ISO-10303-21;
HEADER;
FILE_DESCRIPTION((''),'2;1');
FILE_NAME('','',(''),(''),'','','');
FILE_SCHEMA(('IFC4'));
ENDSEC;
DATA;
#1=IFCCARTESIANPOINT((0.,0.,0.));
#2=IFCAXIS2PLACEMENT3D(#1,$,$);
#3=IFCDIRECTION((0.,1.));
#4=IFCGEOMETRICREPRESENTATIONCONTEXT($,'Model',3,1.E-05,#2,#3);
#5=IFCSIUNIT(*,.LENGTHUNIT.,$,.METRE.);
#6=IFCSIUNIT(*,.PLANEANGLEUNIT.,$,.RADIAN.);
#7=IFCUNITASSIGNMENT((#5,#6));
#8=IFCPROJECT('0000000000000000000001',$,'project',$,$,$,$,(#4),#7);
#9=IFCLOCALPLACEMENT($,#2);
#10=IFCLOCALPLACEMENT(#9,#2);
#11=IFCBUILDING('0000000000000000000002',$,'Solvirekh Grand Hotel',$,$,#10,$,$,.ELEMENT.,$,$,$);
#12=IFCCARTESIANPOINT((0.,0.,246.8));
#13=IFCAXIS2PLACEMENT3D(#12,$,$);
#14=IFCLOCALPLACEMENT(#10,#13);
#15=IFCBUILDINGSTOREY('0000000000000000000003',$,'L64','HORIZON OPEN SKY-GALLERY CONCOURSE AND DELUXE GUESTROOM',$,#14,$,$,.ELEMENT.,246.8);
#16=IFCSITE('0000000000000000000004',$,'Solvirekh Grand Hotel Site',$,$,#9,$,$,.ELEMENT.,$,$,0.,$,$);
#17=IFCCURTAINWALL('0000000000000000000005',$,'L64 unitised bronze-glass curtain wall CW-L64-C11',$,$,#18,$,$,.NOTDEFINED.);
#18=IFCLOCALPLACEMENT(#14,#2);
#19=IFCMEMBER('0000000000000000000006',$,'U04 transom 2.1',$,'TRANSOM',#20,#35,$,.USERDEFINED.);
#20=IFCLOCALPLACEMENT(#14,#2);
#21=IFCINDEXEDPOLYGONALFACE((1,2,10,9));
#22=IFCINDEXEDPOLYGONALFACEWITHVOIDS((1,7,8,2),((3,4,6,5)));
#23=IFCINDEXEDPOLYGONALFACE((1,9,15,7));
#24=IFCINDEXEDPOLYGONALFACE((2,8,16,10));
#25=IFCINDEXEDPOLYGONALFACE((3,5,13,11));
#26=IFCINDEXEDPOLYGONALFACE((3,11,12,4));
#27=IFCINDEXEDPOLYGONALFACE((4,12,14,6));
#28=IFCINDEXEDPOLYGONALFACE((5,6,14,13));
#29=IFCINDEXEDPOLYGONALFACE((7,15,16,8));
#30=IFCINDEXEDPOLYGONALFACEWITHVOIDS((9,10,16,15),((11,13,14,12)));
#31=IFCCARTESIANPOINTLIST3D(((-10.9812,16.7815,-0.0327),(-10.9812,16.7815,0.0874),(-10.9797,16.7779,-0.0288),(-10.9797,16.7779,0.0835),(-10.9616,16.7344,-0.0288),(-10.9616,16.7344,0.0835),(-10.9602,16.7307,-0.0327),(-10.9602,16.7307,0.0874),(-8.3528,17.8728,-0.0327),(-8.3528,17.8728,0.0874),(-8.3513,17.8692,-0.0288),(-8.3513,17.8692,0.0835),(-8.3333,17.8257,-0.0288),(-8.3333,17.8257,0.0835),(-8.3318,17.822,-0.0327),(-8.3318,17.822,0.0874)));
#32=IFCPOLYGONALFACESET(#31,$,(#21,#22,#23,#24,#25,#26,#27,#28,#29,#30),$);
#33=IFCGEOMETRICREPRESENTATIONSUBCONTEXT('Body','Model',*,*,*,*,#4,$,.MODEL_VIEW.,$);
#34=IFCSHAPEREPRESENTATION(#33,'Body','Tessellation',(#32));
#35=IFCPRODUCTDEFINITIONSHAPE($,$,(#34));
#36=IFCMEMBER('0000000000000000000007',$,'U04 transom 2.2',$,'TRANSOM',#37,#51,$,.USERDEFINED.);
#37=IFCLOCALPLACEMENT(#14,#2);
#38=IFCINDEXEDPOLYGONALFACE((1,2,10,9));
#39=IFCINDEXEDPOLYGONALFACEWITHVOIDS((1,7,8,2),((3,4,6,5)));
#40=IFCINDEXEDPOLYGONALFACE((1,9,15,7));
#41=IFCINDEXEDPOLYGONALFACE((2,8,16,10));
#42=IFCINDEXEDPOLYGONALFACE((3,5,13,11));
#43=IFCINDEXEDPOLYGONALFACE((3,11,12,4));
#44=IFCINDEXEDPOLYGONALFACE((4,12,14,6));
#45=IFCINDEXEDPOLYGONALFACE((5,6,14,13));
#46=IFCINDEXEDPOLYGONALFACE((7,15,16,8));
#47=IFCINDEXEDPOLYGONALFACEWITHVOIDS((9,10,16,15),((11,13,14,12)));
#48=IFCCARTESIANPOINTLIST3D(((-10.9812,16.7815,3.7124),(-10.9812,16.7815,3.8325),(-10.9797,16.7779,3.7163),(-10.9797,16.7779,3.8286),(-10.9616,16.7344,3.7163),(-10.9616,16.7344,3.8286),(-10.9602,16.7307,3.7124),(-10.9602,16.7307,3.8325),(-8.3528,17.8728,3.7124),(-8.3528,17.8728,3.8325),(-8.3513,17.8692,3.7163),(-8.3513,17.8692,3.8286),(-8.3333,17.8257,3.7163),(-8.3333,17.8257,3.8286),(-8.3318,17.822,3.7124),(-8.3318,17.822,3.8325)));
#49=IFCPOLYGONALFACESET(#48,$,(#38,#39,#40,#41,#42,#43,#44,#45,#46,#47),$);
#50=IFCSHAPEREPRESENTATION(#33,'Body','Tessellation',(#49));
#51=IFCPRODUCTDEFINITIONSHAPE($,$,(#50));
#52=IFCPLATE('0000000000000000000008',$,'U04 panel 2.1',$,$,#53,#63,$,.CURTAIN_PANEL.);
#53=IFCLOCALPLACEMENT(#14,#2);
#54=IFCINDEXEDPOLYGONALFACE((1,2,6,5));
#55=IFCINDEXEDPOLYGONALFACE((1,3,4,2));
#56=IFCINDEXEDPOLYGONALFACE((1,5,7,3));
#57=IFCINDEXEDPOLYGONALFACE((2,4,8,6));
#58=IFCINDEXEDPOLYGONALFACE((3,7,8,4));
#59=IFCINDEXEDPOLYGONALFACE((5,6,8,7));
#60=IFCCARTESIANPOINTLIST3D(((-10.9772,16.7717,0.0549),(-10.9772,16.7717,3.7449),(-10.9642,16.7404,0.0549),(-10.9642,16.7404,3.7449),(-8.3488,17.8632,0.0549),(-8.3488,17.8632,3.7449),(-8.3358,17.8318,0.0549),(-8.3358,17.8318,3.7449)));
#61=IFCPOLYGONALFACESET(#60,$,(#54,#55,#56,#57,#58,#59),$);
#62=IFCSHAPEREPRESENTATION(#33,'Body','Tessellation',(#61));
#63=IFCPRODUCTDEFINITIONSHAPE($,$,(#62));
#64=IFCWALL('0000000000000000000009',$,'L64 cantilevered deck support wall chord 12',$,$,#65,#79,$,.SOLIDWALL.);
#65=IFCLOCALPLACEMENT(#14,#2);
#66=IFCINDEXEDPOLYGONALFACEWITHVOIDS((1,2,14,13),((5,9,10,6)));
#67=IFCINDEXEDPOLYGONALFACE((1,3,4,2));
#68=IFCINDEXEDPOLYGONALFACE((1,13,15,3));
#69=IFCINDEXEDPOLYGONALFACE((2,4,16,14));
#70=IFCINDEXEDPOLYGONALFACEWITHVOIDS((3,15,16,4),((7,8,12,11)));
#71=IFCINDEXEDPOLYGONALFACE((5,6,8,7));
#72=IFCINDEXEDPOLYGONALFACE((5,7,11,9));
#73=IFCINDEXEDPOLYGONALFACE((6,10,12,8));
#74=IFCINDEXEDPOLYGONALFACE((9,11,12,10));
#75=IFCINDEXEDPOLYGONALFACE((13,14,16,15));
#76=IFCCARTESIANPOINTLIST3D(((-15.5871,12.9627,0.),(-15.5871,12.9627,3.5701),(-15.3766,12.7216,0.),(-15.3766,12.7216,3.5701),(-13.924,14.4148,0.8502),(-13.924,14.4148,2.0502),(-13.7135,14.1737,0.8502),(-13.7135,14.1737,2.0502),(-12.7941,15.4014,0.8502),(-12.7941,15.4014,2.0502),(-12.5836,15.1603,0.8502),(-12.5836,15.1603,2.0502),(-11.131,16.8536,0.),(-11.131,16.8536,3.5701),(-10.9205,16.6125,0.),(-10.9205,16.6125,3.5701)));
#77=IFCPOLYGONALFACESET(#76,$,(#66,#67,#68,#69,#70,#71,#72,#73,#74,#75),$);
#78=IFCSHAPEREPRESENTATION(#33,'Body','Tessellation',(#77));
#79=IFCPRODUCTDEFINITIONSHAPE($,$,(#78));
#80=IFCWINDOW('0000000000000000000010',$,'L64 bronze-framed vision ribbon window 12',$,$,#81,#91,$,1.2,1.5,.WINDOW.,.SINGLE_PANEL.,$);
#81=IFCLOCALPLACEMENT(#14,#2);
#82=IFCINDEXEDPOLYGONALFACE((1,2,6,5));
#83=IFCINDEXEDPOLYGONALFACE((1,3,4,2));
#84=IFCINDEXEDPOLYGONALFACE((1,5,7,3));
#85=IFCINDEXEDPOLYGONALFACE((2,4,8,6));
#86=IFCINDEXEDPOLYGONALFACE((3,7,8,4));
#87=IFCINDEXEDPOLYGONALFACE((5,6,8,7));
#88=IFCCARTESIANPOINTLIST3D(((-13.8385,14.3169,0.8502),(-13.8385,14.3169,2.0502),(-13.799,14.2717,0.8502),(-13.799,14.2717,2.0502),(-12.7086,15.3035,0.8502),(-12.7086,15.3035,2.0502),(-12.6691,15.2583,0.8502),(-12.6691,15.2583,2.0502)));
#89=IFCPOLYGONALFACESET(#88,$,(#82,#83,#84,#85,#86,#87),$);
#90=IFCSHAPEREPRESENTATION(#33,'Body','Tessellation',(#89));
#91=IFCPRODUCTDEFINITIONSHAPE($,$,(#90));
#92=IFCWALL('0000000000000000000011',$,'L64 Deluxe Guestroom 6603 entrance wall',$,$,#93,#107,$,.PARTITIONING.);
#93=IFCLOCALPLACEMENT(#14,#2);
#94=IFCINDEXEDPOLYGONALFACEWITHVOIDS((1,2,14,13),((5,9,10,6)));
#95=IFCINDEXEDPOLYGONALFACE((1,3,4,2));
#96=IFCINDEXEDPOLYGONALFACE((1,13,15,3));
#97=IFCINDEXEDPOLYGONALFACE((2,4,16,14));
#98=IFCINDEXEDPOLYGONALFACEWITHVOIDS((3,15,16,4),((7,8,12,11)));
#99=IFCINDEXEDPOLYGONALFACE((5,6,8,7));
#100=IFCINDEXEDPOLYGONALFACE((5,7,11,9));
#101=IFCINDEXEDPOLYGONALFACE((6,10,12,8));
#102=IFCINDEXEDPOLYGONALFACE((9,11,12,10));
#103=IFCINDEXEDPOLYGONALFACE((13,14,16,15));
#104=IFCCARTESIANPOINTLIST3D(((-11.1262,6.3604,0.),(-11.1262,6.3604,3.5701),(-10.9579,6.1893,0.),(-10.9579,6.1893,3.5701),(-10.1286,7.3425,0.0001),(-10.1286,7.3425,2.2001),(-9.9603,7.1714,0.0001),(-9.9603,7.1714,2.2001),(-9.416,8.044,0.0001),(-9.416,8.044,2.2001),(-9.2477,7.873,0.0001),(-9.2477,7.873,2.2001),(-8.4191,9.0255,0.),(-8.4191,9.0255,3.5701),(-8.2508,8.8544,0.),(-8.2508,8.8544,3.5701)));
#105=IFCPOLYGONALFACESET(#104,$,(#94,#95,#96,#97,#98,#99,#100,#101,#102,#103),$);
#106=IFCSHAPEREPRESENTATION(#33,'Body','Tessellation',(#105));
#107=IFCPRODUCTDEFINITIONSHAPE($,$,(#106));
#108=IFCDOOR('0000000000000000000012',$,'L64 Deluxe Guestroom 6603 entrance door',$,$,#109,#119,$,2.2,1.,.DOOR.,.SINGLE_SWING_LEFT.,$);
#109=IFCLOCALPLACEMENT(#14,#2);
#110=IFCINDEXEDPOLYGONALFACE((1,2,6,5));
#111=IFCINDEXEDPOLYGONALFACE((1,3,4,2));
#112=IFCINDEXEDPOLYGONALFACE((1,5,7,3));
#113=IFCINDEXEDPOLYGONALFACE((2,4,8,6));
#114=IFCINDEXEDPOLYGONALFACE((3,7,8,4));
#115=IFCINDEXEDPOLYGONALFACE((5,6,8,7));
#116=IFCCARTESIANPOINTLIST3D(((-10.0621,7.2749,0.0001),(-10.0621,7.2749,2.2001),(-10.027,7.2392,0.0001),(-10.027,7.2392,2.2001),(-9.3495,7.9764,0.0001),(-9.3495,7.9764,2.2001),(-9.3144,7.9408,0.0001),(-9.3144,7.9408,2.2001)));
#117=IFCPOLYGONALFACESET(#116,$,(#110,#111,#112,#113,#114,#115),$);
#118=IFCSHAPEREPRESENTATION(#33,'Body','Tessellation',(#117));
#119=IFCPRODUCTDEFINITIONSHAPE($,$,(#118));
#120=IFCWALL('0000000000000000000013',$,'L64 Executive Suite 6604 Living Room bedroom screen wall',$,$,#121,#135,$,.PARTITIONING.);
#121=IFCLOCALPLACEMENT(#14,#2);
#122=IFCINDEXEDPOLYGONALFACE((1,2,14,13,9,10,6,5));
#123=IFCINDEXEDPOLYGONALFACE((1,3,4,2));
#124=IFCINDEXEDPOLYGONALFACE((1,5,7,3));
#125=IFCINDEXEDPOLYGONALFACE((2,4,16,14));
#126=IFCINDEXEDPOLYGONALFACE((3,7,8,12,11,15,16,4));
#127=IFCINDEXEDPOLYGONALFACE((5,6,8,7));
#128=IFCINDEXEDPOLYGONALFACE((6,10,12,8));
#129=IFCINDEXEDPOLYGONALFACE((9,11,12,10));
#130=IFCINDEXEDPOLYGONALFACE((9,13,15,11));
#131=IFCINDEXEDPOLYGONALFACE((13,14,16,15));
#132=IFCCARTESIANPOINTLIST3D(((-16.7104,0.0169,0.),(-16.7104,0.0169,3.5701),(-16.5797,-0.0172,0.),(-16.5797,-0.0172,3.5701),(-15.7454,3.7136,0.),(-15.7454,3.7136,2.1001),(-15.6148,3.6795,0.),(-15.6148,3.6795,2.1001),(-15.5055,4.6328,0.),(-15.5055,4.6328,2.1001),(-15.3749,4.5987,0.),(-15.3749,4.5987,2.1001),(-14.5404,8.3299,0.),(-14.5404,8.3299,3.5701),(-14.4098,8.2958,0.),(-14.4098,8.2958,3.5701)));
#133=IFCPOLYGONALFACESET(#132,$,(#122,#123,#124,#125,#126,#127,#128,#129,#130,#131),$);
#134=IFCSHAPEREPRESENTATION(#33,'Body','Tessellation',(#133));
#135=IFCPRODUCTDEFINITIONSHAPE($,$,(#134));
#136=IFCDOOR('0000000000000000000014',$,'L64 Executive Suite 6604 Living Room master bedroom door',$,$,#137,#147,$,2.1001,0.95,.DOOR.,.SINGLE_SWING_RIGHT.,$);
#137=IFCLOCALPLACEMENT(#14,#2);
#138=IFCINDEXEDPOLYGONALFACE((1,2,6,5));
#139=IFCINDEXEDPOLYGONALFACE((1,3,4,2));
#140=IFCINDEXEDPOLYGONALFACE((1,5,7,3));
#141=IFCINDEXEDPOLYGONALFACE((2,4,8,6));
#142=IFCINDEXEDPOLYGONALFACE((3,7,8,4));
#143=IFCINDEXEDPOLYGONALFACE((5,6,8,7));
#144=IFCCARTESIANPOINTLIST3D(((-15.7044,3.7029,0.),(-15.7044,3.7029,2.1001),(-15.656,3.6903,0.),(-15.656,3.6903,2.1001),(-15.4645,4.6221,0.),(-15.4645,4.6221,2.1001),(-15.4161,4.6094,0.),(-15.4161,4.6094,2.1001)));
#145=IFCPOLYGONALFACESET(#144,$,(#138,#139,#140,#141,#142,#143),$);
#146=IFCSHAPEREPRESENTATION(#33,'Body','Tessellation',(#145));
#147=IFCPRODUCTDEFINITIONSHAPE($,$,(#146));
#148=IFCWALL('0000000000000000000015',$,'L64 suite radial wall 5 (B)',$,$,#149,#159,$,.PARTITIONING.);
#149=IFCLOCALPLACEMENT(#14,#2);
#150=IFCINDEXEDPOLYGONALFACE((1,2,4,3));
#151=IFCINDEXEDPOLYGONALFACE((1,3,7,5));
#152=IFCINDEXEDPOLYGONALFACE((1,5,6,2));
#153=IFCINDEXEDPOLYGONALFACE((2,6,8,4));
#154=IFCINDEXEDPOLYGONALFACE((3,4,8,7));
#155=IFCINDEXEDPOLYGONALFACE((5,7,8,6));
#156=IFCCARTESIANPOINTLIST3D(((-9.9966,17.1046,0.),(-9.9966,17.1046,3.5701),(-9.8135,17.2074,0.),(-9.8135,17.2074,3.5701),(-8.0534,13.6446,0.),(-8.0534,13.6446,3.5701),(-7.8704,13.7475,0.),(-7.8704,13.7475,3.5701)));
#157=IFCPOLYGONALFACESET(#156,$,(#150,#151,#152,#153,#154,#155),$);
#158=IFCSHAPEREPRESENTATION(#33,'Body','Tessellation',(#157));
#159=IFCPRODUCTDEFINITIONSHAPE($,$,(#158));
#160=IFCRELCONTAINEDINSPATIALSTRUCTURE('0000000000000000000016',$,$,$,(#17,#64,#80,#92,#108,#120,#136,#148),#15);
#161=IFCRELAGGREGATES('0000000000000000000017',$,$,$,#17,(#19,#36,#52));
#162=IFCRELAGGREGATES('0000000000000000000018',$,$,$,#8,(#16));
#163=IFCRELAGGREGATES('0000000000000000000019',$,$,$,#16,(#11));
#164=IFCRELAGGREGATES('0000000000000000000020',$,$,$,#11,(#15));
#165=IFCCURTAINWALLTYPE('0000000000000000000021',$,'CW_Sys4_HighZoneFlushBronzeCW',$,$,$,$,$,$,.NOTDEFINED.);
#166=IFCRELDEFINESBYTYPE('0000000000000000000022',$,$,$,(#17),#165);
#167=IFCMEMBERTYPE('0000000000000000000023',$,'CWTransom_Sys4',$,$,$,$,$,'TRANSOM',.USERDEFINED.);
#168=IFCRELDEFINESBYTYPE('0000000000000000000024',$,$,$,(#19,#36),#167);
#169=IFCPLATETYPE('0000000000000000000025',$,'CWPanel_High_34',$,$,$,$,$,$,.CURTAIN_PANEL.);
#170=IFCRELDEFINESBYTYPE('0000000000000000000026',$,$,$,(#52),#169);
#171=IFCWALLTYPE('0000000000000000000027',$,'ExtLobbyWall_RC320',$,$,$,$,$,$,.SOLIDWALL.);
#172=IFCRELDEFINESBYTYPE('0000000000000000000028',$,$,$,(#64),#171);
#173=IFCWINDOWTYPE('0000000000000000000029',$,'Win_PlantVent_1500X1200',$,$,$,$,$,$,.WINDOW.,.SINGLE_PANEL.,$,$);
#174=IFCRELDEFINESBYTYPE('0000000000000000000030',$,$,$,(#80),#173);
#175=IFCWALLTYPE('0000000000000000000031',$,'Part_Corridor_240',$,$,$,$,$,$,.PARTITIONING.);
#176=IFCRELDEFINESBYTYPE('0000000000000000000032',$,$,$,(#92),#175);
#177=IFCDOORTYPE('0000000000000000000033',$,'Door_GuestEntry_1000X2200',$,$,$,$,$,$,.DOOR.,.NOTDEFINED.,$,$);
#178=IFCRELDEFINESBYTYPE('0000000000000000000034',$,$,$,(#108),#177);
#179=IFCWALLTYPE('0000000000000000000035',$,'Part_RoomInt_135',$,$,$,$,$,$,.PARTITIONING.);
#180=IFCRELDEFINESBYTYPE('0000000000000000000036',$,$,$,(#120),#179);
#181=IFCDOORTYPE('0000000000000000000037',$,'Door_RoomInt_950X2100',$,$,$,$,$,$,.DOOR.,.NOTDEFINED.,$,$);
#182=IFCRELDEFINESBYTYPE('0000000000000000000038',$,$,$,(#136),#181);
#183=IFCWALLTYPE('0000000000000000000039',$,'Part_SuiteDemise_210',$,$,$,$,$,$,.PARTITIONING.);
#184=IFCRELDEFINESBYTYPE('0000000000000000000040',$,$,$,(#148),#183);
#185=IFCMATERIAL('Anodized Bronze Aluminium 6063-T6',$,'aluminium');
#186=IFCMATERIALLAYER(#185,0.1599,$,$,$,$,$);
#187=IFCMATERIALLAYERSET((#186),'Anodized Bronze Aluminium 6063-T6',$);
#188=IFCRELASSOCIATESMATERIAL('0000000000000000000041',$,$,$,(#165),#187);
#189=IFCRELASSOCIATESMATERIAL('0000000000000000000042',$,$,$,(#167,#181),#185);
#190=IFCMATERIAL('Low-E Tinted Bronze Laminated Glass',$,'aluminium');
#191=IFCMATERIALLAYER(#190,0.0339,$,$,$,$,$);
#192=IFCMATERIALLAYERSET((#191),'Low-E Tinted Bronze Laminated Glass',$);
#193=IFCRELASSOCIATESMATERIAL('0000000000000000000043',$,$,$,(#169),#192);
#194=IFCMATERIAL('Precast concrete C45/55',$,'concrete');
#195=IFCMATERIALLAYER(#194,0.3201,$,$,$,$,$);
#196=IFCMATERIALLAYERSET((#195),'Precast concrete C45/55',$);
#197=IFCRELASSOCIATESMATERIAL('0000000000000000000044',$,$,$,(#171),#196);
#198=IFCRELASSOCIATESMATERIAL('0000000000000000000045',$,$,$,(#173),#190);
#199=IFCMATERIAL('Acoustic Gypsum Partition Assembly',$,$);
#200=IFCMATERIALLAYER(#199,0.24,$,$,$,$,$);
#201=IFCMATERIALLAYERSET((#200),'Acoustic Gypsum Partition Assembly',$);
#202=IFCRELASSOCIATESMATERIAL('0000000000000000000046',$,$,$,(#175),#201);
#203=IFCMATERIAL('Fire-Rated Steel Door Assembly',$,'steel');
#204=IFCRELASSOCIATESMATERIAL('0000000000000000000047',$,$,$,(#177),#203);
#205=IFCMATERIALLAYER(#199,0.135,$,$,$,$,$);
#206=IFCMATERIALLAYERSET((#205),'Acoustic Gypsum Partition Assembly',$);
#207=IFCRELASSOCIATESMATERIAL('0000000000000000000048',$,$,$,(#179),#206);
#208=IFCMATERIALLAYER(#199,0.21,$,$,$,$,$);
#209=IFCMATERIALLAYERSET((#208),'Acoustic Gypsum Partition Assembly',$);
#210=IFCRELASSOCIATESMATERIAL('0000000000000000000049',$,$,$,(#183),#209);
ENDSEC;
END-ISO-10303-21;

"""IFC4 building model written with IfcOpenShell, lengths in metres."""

from ifc_helpers import new_model, si_unit, direction, frame, frame_2d, origin, origin_2d, place, context, subcontext, project, spatial, rectangle, hollow_rectangle, extrude, source, transform, mapped, material, layer, layer_set, material_profile, profile_set, type_object, element, fill, aggregate, save


model = new_model("IFC4")

# Units and contexts
model_context = context("Model", 3, precision=1e-05, world=origin(), true_north=direction((0.0, 1.0)))
body_context = subcontext(model_context, "Body", "Model", "MODEL_VIEW")
ifc_project = project(units=[si_unit("LENGTHUNIT", "METRE"), si_unit("PLANEANGLEUNIT", "RADIAN")], contexts=[model_context])

# Site, building, storey
site_placement = place(None, origin())
site = spatial("IfcSite", under=ifc_project, at=site_placement, Name="Solvirekh Grand Hotel Site", CompositionType="ELEMENT", RefElevation=0.0)
building_placement = place(site_placement, origin())
building = spatial("IfcBuilding", under=site, at=building_placement, Name="Solvirekh Grand Hotel", CompositionType="ELEMENT")
storey_placement = place(building_placement, frame((0.0, 0.0, 246.8)))
storey = spatial("IfcBuildingStorey", under=building, at=storey_placement, Name="L64", Description="HORIZON OPEN SKY-GALLERY CONCOURSE AND DELUXE GUESTROOM", CompositionType="ELEMENT", Elevation=246.8)

# Curtain wall, members, plate
ifc_material_1 = material(Name="Anodized Bronze Aluminium 6063-T6", Category="aluminium")
ifc_layer_1 = layer(ifc_material_1, 0.1599)
ifc_layer_set_1 = layer_set([ifc_layer_1], Name="Anodized Bronze Aluminium 6063-T6")
curtain_wall_type = type_object("IfcCurtainWallType", Name="CW_Sys4_HighZoneFlushBronzeCW", PredefinedType="NOTDEFINED", material=ifc_layer_set_1)
curtain_wall_placement = place(storey_placement, origin())
curtain_wall = element("IfcCurtainWall", 1, at=curtain_wall_placement, inside=storey, type_object=curtain_wall_type, Name="L64 unitised bronze-glass curtain wall CW-L64-C11", PredefinedType="NOTDEFINED")
ifc_material_profile_1 = material_profile(ifc_material_1, hollow_rectangle(XDim=0.0549, YDim=0.1201, WallThickness=0.0039, at=origin_2d()), Name="ALU RHS 120X55X4")
ifc_profile_set_1 = profile_set([ifc_material_profile_1], Name="Anodized Bronze Aluminium 6063-T6")
member_type_1 = type_object("IfcMemberType", Name="CWTransom_Sys4", ElementType="TRANSOM", PredefinedType="USERDEFINED", material=ifc_profile_set_1)
shared_shape_1 = source(origin(), body_context, "Body", "SweptSolid", [
    extrude(hollow_rectangle(XDim=0.0549, YDim=0.1201, WallThickness=0.0039, at=origin_2d()), origin(), (0.0, 0.0, 1.0), 2.8459),
])
member_1_placement = place(storey_placement, frame((-8.3423, 17.8474, 0.0273), z_axis=(-0.923558, -0.383458, 0.0), x_axis=(0.383458, -0.923558, 0.0)))
member_1 = element("IfcMember", 2, at=member_1_placement, type_object=member_type_1, Name="U04 transom 2.1", ObjectType="TRANSOM", PredefinedType="USERDEFINED", context=body_context, shape_type="MappedRepresentation", body=[
    mapped(shared_shape_1, transform((0.0, 0.0, 0.0), x_axis=(1.0, 0.0, 0.0), y_axis=(0.0, 1.0, 0.0), z_axis=(0.0, 0.0, 1.0), scale=1.0)),
])
member_2_placement = place(storey_placement, frame((-8.3423, 17.8474, 3.7725), z_axis=(-0.923558, -0.383458, 0.0), x_axis=(0.383458, -0.923558, 0.0)))
member_2 = element("IfcMember", 3, at=member_2_placement, type_object=member_type_1, Name="U04 transom 2.2", ObjectType="TRANSOM", PredefinedType="USERDEFINED", context=body_context, shape_type="MappedRepresentation", body=[
    mapped(shared_shape_1, transform((0.0, 0.0, 0.0), x_axis=(1.0, 0.0, 0.0), y_axis=(0.0, 1.0, 0.0), z_axis=(0.0, 0.0, 1.0), scale=1.0)),
])
ifc_material_2 = material(Name="Low-E Tinted Bronze Laminated Glass", Category="aluminium")
ifc_layer_2 = layer(ifc_material_2, 0.0339)
ifc_layer_set_2 = layer_set([ifc_layer_2], Name="Low-E Tinted Bronze Laminated Glass")
plate_type = type_object("IfcPlateType", Name="CWPanel_High_34", PredefinedType="CURTAIN_PANEL", material=ifc_layer_set_2)
shared_shape_2 = source(origin(), body_context, "Body", "SweptSolid", [
    extrude(rectangle(XDim=2.8459, YDim=0.0339, at=origin_2d()), origin(), (0.0, 0.0, 1.0), 3.6899),
])
plate_placement = place(storey_placement, frame((-9.6565, 17.3018, 0.0549), z_axis=(0.0, 0.0, 1.0), x_axis=(-0.923535, -0.383515, 0.0)))
plate = element("IfcPlate", 4, at=plate_placement, type_object=plate_type, Name="U04 panel 2.1", PredefinedType="CURTAIN_PANEL", context=body_context, shape_type="MappedRepresentation", body=[
    mapped(shared_shape_2, transform((0.0, 0.0, 0.0), x_axis=(1.0, 0.0, 0.0), y_axis=(0.0, 1.0, 0.0), z_axis=(0.0, 0.0, 1.0), scale=1.0)),
])
aggregate(curtain_wall, [member_1, member_2, plate])

# Wall, opening, window
ifc_material_3 = material(Name="Precast concrete C45/55", Category="concrete")
ifc_layer_3 = layer(ifc_material_3, 0.3201)
ifc_layer_set_3 = layer_set([ifc_layer_3], Name="Precast concrete C45/55")
wall_type_1 = type_object("IfcWallType", Name="ExtLobbyWall_RC320", PredefinedType="SOLIDWALL", material=ifc_layer_set_3)
wall_1_placement = place(storey_placement, frame((-15.4819, 12.842, 0.0), z_axis=(0.0, 0.0, 1.0), x_axis=(0.753261, 0.657721, 0.0)))
wall_1 = element("IfcWall", 5, at=wall_1_placement, inside=storey, type_object=wall_type_1, Name="L64 cantilevered deck support wall chord 12", PredefinedType="SOLIDWALL", context=body_context, shape_type="SweptSolid", body=[
    extrude(rectangle(XDim=5.9158, YDim=0.3201, at=frame_2d((2.958, 0.0))), origin(), (0.0, 0.0, 1.0), 3.5701),
])
opening_1_placement = place(wall_1_placement, frame((2.208, 0.0, 0.8501)))
opening_1 = element("IfcOpeningElement", 6, at=opening_1_placement, cuts=wall_1, PredefinedType="OPENING", context=body_context, shape_type="SweptSolid", body=[
    extrude(rectangle(XDim=1.5, YDim=1.2, at=frame_2d((0.75, 0.6001))), frame((0.0, 0.1699, 0.0), z_axis=(0.0, -1.0, 0.0), x_axis=(1.0, 0.0, 0.0)), (0.0, 0.0, 1.0), 0.3401),
])
window_type = type_object("IfcWindowType", Name="Win_PlantVent_1500X1200", PartitioningType="SINGLE_PANEL", PredefinedType="WINDOW", material=ifc_material_2)
window_placement = place(opening_1_placement, origin())
window = element("IfcWindow", 7, at=window_placement, inside=storey, type_object=window_type, Name="L64 bronze-framed vision ribbon window 12", OverallHeight=1.2, OverallWidth=1.5, PartitioningType="SINGLE_PANEL", PredefinedType="WINDOW", context=body_context, shape_type="SweptSolid", body=[
    extrude(rectangle(XDim=1.5, YDim=1.2, at=frame_2d((0.75, 0.6001))), frame((0.0, 0.03, 0.0), z_axis=(0.0, -1.0, 0.0), x_axis=(1.0, 0.0, 0.0)), (0.0, 0.0, 1.0), 0.0601),
])
fill(opening_1, window)

# Walls, openings, doors
ifc_material_4 = material(Name="Acoustic Gypsum Partition Assembly")
ifc_layer_4 = layer(ifc_material_4, 0.24)
ifc_layer_set_4 = layer_set([ifc_layer_4], Name="Acoustic Gypsum Partition Assembly")
wall_type_2 = type_object("IfcWallType", Name="Part_Corridor_240", PredefinedType="PARTITIONING", material=ifc_layer_set_4)
wall_2_placement = place(storey_placement, frame((-8.335, 8.9399, 0.0), z_axis=(0.0, 0.0, 1.0), x_axis=(-0.712612, -0.701558, 0.0)))
wall_2 = element("IfcWall", 8, at=wall_2_placement, inside=storey, type_object=wall_type_2, Name="L64 Deluxe Guestroom 6603 entrance wall", PredefinedType="PARTITIONING", context=body_context, shape_type="SweptSolid", body=[
    extrude(rectangle(XDim=3.7988, YDim=0.24, at=frame_2d((1.8994, 0.0))), origin(), (0.0, 0.0, 1.0), 3.5701),
])
opening_2_placement = place(wall_2_placement, frame((1.3989, 0.0, 0.0)))
opening_2 = element("IfcOpeningElement", 9, at=opening_2_placement, cuts=wall_2, PredefinedType="OPENING", context=body_context, shape_type="SweptSolid", body=[
    extrude(rectangle(XDim=1.0, YDim=2.2, at=frame_2d((0.5, 1.1001))), frame((0.0, 0.1299, 0.0), z_axis=(0.0, -1.0, 0.0), x_axis=(1.0, 0.0, 0.0)), (0.0, 0.0, 1.0), 0.26),
])
ifc_material_5 = material(Name="Fire-Rated Steel Door Assembly", Category="steel")
door_type_1 = type_object("IfcDoorType", Name="Door_GuestEntry_1000X2200", OperationType="NOTDEFINED", PredefinedType="DOOR", material=ifc_material_5)
door_1_placement = place(opening_2_placement, origin())
door_1 = element("IfcDoor", 10, at=door_1_placement, inside=storey, type_object=door_type_1, Name="L64 Deluxe Guestroom 6603 entrance door", OperationType="SINGLE_SWING_LEFT", OverallHeight=2.2, OverallWidth=1.0, PredefinedType="DOOR", context=body_context, shape_type="SweptSolid", body=[
    extrude(rectangle(XDim=1.0, YDim=2.2, at=frame_2d((0.5, 1.1001))), frame((0.0, 0.0249, 0.0), z_axis=(0.0, -1.0, 0.0), x_axis=(1.0, 0.0, 0.0)), (0.0, 0.0, 1.0), 0.05),
])
fill(opening_2, door_1)
ifc_layer_5 = layer(ifc_material_4, 0.135)
ifc_layer_set_5 = layer_set([ifc_layer_5], Name="Acoustic Gypsum Partition Assembly")
wall_type_3 = type_object("IfcWallType", Name="Part_RoomInt_135", PredefinedType="PARTITIONING", material=ifc_layer_set_5)
wall_3_placement = place(storey_placement, frame((-14.4751, 8.313, 0.0), z_axis=(0.0, 0.0, 1.0), x_axis=(-0.252565, -0.96758, 0.0)))
wall_3 = element("IfcWall", 11, at=wall_3_placement, inside=storey, type_object=wall_type_3, Name="L64 Executive Suite 6604 Living Room bedroom screen wall", PredefinedType="PARTITIONING", context=body_context, shape_type="SweptSolid", body=[
    extrude(rectangle(XDim=8.5916, YDim=0.135, at=frame_2d((4.2959, 0.0))), origin(), (0.0, 0.0, 1.0), 3.5701),
])
opening_3_placement = place(wall_3_placement, frame((3.821, 0.0, 0.0)))
opening_3 = element("IfcOpeningElement", 12, at=opening_3_placement, cuts=wall_3, PredefinedType="OPENING", context=body_context, shape_type="SweptSolid", body=[
    extrude(rectangle(XDim=0.95, YDim=2.1001, at=frame_2d((0.4751, 1.05))), frame((0.0, 0.0776, 0.0), z_axis=(0.0, -1.0, 0.0), x_axis=(1.0, 0.0, 0.0)), (0.0, 0.0, 1.0), 0.155),
])
door_type_2 = type_object("IfcDoorType", Name="Door_RoomInt_950X2100", OperationType="NOTDEFINED", PredefinedType="DOOR", material=ifc_material_1)
door_2_placement = place(opening_3_placement, origin())
door_2 = element("IfcDoor", 13, at=door_2_placement, inside=storey, type_object=door_type_2, Name="L64 Executive Suite 6604 Living Room master bedroom door", OperationType="SINGLE_SWING_RIGHT", OverallHeight=2.1001, OverallWidth=0.95, PredefinedType="DOOR", context=body_context, shape_type="SweptSolid", body=[
    extrude(rectangle(XDim=0.95, YDim=2.1001, at=frame_2d((0.4751, 1.05))), frame((0.0, 0.0249, 0.0), z_axis=(0.0, -1.0, 0.0), x_axis=(1.0, 0.0, 0.0)), (0.0, 0.0, 1.0), 0.05),
])
fill(opening_3, door_2)

# Wall
ifc_layer_6 = layer(ifc_material_4, 0.21)
ifc_layer_set_6 = layer_set([ifc_layer_6], Name="Acoustic Gypsum Partition Assembly")
wall_type_4 = type_object("IfcWallType", Name="Part_SuiteDemise_210", PredefinedType="PARTITIONING", material=ifc_layer_set_6)
wall_4_placement = place(storey_placement, frame((-7.9619, 13.696, 0.0), z_axis=(0.0, 0.0, 1.0), x_axis=(-0.489665, 0.871911, 0.0)))
element("IfcWall", 14, at=wall_4_placement, inside=storey, type_object=wall_type_4, Name="L64 suite radial wall 5 (B)", PredefinedType="PARTITIONING", context=body_context, shape_type="SweptSolid", body=[
    extrude(rectangle(XDim=3.9683, YDim=0.21, at=frame_2d((1.9841, 0.0))), origin(), (0.0, 0.0, 1.0), 3.5701),
])

save(model, "model.ifc")
